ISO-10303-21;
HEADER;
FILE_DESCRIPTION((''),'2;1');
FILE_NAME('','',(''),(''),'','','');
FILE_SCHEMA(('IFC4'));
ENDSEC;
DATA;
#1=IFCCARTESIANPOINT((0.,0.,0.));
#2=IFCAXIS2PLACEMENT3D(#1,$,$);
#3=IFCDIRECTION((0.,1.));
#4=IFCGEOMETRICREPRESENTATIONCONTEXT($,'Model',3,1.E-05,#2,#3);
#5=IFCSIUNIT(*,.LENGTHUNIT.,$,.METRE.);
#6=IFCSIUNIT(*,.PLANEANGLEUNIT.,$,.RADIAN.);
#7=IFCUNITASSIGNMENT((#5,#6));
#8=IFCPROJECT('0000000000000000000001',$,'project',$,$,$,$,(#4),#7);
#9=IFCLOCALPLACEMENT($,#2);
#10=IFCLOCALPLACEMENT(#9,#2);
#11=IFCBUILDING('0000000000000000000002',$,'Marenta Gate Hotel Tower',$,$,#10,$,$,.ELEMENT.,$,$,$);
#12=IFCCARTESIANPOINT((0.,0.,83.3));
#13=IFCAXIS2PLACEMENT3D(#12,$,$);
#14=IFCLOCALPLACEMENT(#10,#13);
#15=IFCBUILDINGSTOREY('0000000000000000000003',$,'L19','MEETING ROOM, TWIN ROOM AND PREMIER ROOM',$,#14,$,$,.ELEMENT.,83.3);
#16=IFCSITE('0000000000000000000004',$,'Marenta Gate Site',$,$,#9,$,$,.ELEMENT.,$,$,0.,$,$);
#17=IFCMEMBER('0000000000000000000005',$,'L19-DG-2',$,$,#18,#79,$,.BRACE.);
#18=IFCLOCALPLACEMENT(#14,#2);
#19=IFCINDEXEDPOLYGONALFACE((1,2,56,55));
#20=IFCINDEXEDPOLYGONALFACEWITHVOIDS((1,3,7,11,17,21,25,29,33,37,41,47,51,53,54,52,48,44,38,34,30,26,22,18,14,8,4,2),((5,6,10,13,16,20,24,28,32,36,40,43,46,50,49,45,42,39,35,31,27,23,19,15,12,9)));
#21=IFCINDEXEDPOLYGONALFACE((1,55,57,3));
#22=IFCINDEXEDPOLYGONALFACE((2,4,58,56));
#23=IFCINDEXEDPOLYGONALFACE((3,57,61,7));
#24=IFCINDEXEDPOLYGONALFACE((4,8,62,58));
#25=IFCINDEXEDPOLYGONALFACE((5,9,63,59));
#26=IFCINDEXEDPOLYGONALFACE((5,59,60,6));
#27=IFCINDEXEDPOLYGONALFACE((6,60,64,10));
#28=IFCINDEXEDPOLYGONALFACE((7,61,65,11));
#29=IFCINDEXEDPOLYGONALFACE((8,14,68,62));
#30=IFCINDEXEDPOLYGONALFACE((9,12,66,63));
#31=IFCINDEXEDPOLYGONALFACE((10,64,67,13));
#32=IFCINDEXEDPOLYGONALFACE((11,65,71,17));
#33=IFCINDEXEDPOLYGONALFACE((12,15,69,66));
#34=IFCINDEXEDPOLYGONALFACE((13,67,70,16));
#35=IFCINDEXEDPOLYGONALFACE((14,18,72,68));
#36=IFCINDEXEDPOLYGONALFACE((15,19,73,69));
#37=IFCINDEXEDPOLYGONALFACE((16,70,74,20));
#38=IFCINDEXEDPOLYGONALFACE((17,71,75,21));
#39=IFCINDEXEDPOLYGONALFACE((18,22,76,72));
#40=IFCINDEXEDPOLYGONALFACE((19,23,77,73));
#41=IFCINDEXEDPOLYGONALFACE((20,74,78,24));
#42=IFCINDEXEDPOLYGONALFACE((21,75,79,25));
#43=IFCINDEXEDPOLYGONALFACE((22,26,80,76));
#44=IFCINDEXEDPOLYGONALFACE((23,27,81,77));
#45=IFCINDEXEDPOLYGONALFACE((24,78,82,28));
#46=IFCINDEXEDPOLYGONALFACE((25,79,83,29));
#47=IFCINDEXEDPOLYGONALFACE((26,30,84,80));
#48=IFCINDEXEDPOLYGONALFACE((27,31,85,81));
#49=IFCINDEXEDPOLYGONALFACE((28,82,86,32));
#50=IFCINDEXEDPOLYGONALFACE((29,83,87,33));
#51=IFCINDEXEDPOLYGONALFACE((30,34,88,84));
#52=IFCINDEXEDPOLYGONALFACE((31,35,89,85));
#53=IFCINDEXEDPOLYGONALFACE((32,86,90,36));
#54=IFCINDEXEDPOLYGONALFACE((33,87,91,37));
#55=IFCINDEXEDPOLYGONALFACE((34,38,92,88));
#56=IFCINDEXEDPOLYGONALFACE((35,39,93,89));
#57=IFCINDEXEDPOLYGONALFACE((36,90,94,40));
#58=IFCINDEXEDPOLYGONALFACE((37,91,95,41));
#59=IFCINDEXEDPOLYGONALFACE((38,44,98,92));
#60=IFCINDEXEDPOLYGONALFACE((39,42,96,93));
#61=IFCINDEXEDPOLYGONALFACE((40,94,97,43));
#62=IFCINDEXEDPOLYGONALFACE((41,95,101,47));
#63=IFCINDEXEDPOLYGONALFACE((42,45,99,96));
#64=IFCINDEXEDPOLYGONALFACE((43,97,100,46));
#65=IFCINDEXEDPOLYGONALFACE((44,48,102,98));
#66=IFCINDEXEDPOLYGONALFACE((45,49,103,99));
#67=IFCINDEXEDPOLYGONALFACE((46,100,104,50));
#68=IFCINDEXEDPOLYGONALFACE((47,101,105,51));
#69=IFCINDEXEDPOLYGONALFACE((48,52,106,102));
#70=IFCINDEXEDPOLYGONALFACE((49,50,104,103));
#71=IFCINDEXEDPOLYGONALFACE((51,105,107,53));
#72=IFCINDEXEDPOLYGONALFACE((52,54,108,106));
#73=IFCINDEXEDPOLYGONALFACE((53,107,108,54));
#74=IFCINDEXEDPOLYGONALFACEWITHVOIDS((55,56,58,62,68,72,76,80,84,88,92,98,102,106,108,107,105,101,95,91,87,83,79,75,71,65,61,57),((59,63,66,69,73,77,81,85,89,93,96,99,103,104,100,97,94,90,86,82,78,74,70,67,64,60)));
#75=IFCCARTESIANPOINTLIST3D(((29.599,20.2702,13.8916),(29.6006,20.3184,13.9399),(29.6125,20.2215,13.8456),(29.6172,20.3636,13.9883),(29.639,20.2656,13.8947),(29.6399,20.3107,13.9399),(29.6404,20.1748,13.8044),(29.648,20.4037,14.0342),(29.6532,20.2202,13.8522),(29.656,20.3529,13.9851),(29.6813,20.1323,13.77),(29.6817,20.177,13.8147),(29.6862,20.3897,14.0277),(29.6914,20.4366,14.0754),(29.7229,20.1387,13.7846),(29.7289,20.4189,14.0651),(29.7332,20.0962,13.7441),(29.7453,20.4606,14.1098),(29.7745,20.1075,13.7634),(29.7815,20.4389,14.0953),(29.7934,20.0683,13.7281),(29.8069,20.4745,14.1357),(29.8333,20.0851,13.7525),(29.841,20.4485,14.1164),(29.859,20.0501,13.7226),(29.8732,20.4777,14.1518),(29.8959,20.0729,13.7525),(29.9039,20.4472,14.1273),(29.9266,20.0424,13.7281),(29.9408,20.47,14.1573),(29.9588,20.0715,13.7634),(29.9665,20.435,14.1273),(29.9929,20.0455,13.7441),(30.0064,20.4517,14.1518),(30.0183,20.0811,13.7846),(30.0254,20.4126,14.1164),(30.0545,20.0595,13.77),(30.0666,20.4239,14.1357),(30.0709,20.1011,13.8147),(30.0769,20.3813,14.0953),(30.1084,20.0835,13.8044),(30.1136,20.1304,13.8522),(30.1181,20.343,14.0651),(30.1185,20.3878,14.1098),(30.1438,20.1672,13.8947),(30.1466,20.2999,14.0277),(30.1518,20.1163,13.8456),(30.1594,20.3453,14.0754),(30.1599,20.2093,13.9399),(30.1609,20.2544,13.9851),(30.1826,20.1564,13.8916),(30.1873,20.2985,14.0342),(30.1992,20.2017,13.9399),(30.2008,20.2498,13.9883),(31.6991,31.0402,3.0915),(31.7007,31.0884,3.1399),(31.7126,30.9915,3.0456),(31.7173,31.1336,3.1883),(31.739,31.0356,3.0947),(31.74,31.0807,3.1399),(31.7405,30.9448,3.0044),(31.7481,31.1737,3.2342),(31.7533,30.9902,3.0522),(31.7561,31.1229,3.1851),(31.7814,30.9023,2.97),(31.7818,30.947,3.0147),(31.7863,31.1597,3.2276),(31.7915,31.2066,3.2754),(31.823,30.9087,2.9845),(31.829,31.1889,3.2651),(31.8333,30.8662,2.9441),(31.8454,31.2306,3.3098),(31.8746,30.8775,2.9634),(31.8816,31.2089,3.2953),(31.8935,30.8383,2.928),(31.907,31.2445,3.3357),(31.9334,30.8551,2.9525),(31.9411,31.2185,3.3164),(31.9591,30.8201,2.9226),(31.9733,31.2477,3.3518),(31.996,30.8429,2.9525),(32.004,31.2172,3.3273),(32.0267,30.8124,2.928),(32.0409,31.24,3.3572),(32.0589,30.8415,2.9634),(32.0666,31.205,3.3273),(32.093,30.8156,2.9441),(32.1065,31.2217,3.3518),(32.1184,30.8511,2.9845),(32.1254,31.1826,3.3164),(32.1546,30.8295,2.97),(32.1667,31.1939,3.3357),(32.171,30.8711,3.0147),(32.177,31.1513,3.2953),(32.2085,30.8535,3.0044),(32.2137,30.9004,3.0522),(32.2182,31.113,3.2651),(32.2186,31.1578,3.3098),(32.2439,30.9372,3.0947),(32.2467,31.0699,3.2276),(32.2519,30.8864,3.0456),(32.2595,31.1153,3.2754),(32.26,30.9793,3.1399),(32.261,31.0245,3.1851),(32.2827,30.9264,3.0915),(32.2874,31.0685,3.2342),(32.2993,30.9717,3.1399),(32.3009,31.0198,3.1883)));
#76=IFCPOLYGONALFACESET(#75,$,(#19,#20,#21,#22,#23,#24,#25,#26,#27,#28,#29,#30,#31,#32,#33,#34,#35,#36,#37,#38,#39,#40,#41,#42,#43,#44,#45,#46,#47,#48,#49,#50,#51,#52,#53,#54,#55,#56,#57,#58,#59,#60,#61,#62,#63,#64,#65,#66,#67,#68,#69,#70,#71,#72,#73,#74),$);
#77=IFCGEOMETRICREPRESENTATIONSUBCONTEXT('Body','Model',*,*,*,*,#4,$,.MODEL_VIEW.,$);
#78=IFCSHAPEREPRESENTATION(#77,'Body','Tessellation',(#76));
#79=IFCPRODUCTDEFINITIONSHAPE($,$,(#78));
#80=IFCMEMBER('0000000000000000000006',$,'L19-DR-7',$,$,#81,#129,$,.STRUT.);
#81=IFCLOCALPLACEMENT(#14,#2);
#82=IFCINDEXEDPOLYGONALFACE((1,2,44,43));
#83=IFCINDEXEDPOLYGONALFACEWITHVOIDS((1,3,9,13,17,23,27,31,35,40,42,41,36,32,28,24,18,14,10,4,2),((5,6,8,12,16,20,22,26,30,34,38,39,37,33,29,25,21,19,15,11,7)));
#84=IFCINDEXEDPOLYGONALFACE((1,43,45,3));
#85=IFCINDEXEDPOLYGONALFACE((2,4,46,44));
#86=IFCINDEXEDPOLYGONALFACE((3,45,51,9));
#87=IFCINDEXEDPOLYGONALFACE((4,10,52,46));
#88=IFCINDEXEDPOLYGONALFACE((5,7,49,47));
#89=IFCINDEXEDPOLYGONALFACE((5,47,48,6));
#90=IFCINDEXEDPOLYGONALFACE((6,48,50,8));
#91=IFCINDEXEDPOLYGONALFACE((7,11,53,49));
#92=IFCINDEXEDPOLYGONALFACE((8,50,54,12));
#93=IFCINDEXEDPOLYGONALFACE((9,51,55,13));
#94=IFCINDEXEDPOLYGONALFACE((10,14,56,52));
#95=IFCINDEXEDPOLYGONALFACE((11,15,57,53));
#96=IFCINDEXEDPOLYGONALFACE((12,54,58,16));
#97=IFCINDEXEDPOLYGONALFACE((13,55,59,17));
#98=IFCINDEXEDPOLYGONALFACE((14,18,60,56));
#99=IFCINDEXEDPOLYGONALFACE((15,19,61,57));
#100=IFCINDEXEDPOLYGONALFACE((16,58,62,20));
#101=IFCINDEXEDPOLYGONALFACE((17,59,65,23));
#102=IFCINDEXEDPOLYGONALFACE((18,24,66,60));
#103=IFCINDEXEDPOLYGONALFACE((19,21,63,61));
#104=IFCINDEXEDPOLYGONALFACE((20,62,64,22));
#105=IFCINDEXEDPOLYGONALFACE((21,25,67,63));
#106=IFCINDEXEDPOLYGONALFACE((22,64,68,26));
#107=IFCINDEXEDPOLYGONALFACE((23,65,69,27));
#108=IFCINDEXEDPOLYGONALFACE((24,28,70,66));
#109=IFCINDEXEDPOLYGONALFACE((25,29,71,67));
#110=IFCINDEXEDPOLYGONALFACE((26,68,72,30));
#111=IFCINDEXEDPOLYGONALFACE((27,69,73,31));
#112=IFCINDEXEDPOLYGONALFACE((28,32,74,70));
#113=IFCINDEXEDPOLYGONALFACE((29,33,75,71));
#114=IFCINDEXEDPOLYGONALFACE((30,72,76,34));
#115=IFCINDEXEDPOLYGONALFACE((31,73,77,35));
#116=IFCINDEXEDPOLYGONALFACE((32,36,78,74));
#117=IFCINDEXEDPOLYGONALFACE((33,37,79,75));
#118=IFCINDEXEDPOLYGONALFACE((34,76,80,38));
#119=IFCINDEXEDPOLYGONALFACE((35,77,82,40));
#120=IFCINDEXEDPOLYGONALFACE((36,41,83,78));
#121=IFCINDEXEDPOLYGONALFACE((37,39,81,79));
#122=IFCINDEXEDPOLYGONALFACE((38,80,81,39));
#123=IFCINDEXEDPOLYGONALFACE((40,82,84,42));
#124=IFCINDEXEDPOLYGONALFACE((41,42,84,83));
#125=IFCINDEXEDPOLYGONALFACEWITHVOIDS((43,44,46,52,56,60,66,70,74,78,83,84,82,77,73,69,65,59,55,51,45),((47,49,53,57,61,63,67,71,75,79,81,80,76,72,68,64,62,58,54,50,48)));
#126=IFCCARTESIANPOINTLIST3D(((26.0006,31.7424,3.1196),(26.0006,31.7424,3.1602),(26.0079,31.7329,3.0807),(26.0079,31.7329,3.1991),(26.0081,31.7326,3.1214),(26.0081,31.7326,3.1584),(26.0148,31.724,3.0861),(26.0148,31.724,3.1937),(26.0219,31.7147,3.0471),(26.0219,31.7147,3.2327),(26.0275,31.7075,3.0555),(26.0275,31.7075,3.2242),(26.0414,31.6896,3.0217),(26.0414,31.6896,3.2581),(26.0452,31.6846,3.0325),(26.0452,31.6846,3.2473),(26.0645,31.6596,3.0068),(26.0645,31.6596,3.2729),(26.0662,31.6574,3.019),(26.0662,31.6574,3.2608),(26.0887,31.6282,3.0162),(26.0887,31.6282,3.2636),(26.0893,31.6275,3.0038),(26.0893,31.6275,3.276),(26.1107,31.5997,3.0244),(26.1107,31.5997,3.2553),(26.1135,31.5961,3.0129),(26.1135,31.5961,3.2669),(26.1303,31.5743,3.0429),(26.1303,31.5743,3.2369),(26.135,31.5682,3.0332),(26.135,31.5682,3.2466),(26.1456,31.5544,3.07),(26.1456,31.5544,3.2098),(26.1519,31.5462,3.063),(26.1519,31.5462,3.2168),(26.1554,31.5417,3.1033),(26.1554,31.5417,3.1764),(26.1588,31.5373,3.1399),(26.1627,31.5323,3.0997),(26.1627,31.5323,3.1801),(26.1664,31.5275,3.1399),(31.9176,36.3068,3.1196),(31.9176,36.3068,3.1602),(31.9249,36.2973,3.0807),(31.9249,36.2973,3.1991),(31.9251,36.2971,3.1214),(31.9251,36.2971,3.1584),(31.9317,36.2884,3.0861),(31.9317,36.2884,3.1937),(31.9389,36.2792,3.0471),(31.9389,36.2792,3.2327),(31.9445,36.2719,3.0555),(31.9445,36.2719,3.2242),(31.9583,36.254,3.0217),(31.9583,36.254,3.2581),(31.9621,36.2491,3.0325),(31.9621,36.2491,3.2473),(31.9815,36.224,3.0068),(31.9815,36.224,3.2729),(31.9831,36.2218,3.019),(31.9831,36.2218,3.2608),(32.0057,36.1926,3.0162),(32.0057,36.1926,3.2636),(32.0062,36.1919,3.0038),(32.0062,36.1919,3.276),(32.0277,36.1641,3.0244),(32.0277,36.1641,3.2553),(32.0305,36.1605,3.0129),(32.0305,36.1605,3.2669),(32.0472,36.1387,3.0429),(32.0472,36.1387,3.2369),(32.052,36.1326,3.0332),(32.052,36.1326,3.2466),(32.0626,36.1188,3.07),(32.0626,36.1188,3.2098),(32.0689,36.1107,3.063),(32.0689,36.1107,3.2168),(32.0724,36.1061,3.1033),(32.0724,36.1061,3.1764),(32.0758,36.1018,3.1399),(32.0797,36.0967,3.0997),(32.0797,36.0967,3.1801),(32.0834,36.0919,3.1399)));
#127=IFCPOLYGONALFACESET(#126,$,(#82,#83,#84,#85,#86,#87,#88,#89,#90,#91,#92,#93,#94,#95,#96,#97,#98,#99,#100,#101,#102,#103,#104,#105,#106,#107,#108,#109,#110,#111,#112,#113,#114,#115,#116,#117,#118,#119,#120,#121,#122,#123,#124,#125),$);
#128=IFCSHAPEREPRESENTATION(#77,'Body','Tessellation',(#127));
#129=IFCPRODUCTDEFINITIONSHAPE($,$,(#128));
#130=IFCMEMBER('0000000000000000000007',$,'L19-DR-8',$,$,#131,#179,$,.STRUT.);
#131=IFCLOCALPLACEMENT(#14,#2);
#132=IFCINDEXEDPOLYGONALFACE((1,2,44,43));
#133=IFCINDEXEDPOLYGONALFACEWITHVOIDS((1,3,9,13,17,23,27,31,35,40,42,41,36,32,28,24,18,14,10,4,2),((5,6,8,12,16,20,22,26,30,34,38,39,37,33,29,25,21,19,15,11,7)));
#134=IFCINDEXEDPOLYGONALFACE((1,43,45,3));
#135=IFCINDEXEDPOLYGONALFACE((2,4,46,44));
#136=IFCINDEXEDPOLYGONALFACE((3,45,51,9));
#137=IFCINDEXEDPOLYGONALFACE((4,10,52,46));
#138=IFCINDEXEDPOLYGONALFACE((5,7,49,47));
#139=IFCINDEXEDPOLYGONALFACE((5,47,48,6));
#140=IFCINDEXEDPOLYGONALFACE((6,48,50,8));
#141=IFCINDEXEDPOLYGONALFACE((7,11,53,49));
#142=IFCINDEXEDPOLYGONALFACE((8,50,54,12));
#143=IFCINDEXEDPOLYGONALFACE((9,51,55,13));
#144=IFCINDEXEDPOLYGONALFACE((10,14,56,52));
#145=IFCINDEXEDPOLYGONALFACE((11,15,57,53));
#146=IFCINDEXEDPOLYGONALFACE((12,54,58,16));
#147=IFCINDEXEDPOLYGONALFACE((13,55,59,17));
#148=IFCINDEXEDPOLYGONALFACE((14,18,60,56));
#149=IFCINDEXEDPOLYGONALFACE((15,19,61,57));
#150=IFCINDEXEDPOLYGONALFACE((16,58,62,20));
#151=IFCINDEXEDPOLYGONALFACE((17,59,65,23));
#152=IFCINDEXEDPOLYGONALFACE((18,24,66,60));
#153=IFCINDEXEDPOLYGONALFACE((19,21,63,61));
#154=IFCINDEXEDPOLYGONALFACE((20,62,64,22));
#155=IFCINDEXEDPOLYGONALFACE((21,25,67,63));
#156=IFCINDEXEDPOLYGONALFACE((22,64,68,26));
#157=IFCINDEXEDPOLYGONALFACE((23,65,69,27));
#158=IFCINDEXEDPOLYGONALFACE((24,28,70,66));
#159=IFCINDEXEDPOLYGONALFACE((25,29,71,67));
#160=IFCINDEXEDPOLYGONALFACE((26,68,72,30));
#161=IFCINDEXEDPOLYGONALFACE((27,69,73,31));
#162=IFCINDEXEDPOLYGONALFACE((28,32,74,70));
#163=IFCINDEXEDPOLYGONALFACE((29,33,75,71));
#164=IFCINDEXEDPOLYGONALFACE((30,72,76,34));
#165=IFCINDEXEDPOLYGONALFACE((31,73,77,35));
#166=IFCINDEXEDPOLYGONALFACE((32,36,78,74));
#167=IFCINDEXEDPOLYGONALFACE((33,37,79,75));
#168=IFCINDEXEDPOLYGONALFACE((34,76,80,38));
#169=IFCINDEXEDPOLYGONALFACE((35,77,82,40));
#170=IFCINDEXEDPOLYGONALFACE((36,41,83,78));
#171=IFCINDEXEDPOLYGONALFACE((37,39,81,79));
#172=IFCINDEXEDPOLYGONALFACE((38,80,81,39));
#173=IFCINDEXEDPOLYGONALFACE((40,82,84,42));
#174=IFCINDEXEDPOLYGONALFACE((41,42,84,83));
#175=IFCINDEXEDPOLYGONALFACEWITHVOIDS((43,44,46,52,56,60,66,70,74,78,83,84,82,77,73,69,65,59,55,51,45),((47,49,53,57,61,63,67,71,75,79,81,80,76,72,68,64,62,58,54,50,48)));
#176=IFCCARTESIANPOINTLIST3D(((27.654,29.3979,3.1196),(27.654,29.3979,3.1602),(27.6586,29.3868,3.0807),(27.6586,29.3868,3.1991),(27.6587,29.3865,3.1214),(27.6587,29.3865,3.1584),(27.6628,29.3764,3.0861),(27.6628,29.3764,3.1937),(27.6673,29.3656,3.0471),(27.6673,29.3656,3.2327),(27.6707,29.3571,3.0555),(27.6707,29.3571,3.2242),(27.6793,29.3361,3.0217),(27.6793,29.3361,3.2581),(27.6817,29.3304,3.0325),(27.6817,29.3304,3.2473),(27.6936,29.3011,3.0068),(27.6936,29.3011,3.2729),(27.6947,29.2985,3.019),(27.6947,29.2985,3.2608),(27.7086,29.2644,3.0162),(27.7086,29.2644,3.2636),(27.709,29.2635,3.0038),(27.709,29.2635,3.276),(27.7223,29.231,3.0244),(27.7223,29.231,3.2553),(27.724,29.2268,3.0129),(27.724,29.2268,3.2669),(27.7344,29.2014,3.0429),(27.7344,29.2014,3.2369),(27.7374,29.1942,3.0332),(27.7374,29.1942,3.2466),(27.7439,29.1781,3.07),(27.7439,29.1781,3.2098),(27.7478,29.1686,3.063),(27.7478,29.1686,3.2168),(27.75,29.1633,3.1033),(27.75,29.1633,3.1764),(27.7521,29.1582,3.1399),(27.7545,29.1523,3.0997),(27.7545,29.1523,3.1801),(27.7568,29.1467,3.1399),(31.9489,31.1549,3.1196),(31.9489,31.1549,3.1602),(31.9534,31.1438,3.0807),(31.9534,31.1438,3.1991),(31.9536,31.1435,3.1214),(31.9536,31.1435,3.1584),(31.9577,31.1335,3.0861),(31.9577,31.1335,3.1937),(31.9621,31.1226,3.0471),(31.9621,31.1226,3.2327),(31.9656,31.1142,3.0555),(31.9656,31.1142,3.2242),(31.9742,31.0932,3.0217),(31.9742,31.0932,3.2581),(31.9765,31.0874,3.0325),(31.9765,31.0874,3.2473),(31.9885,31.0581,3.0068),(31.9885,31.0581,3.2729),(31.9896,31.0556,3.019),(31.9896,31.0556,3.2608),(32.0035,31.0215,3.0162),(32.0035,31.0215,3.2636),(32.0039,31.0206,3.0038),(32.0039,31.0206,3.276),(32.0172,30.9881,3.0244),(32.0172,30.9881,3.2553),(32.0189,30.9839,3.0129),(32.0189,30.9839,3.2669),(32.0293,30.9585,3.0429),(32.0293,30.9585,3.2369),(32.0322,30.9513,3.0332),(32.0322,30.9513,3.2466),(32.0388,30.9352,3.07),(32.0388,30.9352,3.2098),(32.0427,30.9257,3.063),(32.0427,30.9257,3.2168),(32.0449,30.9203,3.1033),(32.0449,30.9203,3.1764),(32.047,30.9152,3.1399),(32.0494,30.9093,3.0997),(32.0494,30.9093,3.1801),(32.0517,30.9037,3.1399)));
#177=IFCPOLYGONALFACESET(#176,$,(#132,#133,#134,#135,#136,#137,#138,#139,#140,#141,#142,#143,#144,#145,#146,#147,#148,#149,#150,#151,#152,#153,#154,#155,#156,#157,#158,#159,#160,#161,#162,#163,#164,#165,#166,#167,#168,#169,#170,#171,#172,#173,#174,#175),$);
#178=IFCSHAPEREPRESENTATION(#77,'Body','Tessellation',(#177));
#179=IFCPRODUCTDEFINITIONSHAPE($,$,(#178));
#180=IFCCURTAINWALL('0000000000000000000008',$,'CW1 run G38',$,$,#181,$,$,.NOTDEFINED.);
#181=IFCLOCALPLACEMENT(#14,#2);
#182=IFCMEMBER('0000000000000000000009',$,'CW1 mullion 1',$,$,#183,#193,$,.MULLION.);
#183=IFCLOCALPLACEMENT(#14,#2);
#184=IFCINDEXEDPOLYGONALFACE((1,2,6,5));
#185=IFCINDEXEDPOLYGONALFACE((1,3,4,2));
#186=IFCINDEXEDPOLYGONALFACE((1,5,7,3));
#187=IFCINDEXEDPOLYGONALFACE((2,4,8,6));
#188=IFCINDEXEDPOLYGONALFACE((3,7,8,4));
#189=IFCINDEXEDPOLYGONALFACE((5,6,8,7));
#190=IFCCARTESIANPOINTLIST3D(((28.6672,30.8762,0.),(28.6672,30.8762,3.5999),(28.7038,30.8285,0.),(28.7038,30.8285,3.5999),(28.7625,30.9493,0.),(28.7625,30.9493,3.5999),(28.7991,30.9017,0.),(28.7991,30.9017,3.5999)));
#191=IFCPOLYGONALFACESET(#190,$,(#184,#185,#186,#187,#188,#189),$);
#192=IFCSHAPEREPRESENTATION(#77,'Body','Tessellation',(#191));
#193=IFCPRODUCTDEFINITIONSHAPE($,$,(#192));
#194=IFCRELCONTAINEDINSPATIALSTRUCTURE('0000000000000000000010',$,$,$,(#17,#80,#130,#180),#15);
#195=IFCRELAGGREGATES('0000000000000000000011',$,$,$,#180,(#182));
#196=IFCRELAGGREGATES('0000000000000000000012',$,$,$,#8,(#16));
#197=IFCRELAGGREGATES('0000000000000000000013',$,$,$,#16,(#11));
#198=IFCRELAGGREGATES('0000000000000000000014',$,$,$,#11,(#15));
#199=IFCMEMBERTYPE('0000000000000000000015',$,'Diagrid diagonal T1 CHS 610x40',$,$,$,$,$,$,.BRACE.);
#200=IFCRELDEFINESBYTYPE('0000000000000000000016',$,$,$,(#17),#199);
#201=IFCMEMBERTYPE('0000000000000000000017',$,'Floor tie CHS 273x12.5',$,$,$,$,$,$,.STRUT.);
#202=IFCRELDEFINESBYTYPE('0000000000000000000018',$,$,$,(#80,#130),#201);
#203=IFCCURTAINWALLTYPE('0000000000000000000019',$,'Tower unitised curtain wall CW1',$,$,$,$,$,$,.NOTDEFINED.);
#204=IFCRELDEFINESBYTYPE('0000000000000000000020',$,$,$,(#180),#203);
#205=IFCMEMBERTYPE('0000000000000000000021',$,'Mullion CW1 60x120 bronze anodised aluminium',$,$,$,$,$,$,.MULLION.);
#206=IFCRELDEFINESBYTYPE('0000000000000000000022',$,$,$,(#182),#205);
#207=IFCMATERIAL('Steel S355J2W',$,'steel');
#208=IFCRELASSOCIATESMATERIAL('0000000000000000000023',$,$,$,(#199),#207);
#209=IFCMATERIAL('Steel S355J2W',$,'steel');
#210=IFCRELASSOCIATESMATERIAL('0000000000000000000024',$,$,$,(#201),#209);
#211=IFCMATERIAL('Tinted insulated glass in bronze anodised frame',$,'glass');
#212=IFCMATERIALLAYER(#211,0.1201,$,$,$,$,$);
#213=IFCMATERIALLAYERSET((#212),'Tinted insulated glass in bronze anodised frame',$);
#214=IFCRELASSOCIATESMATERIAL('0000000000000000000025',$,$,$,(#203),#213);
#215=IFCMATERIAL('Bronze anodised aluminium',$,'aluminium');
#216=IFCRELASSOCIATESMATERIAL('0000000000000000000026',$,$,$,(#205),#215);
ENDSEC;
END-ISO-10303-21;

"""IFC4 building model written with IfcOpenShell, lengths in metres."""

from ifc_helpers import new_model, si_unit, direction, frame, origin, origin_2d, place, context, subcontext, project, spatial, rectangle, hollow_circle, extrude, material, layer, layer_set, material_profile, profile_set, type_object, element, aggregate, save


model = new_model("IFC4")

# Units and contexts
model_context = context("Model", 3, precision=1e-05, world=origin(), true_north=direction((0.0, 1.0)))
body_context = subcontext(model_context, "Body", "Model", "MODEL_VIEW")
ifc_project = project(units=[si_unit("LENGTHUNIT", "METRE"), si_unit("PLANEANGLEUNIT", "RADIAN")], contexts=[model_context])

# Site, building, storey
site_placement = place(None, origin())
site = spatial("IfcSite", under=ifc_project, at=site_placement, Name="Marenta Gate Site", CompositionType="ELEMENT", RefElevation=0.0)
building_placement = place(site_placement, origin())
building = spatial("IfcBuilding", under=site, at=building_placement, Name="Marenta Gate Hotel Tower", CompositionType="ELEMENT")
storey_placement = place(building_placement, frame((0.0, 0.0, 83.3)))
storey = spatial("IfcBuildingStorey", under=building, at=storey_placement, Name="L19", Description="MEETING ROOM, TWIN ROOM AND PREMIER ROOM", CompositionType="ELEMENT", Elevation=83.3)

# Members
ifc_material_1 = material(Name="Steel S355J2W", Category="steel")
ifc_material_profile_1 = material_profile(ifc_material_1, hollow_circle(Radius=0.3049, WallThickness=0.04, at=origin_2d()), Name="CHS 610x40")
ifc_profile_set_1 = profile_set([ifc_material_profile_1], Name="Steel S355J2W")
member_type_1 = type_object("IfcMemberType", Name="Diagrid diagonal T1 CHS 610x40", PredefinedType="BRACE", material=ifc_profile_set_1)
member_1_placement = place(storey_placement, frame((32.0, 31.03, 3.1399), z_axis=(-0.136403, -0.699522, 0.701472), x_axis=(0.981514, -0.19139, 0.0)))
element("IfcMember", 1, at=member_1_placement, inside=storey, type_object=member_type_1, Name="L19-DG-2", PredefinedType="BRACE", context=body_context, shape_type="SweptSolid", body=[
    extrude(hollow_circle(Radius=0.3049, WallThickness=0.04, at=origin_2d()), origin(), (0.0, 0.0, 1.0), 15.3962),
])
ifc_material_2 = material(Name="Steel S355J2W", Category="steel")
ifc_material_profile_2 = material_profile(ifc_material_2, hollow_circle(Radius=0.1365, WallThickness=0.0125, at=origin_2d()), Name="CHS 273x12.5")
ifc_profile_set_2 = profile_set([ifc_material_profile_2], Name="Steel S355J2W")
member_type_2 = type_object("IfcMemberType", Name="Floor tie CHS 273x12.5", PredefinedType="STRUT", material=ifc_profile_set_2)
member_2_placement = place(storey_placement, frame((32.0, 36.2, 3.1399), z_axis=(-0.791788, -0.610796, 0.0), x_axis=(0.610796, -0.791788, 0.0)))
element("IfcMember", 2, at=member_2_placement, inside=storey, type_object=member_type_2, Name="L19-DR-7", PredefinedType="STRUT", context=body_context, shape_type="SweptSolid", body=[
    extrude(hollow_circle(Radius=0.1365, WallThickness=0.0125, at=origin_2d()), origin(), (0.0, 0.0, 1.0), 7.4729),
])
member_3_placement = place(storey_placement, frame((32.0, 31.03, 3.1399), z_axis=(-0.925542, -0.378645, 0.0), x_axis=(0.378645, -0.925542, 0.0)))
element("IfcMember", 3, at=member_3_placement, inside=storey, type_object=member_type_2, Name="L19-DR-8", PredefinedType="STRUT", context=body_context, shape_type="SweptSolid", body=[
    extrude(hollow_circle(Radius=0.1365, WallThickness=0.0125, at=origin_2d()), origin(), (0.0, 0.0, 1.0), 4.6404),
])

# Curtain wall, member
ifc_material_3 = material(Name="Tinted insulated glass in bronze anodised frame", Category="glass")
ifc_layer_1 = layer(ifc_material_3, 0.1201)
ifc_layer_set_1 = layer_set([ifc_layer_1], Name="Tinted insulated glass in bronze anodised frame")
curtain_wall_type = type_object("IfcCurtainWallType", Name="Tower unitised curtain wall CW1", PredefinedType="NOTDEFINED", material=ifc_layer_set_1)
curtain_wall_1_placement = place(storey_placement, origin())
curtain_wall_1 = element("IfcCurtainWall", 4, at=curtain_wall_1_placement, inside=storey, type_object=curtain_wall_type, Name="CW1 run G38", PredefinedType="NOTDEFINED")
ifc_material_4 = material(Name="Bronze anodised aluminium", Category="aluminium")
ifc_material_profile_3 = material_profile(ifc_material_4, rectangle(XDim=0.1201, YDim=0.0601, at=origin_2d()), Name="Mullion CW1 60x120 bronze anodised aluminium")
ifc_profile_set_3 = profile_set([ifc_material_profile_3], Name="Bronze anodised aluminium")
member_type_3 = type_object("IfcMemberType", Name="Mullion CW1 60x120 bronze anodised aluminium", PredefinedType="MULLION", material=ifc_profile_set_3)
member_4_placement = place(storey_placement, frame((28.7332, 30.8889, 0.0), z_axis=(0.0, 0.0, 1.0), x_axis=(-0.793338, -0.608781, 0.0)))
member_4 = element("IfcMember", 5, at=member_4_placement, type_object=member_type_3, Name="CW1 mullion 1", PredefinedType="MULLION", context=body_context, shape_type="SweptSolid", body=[
    extrude(rectangle(XDim=0.1201, YDim=0.0601, at=origin_2d()), origin(), (0.0, 0.0, 1.0), 3.5999),
])

aggregate(curtain_wall_1, [member_4])

save(model, "model.ifc")
